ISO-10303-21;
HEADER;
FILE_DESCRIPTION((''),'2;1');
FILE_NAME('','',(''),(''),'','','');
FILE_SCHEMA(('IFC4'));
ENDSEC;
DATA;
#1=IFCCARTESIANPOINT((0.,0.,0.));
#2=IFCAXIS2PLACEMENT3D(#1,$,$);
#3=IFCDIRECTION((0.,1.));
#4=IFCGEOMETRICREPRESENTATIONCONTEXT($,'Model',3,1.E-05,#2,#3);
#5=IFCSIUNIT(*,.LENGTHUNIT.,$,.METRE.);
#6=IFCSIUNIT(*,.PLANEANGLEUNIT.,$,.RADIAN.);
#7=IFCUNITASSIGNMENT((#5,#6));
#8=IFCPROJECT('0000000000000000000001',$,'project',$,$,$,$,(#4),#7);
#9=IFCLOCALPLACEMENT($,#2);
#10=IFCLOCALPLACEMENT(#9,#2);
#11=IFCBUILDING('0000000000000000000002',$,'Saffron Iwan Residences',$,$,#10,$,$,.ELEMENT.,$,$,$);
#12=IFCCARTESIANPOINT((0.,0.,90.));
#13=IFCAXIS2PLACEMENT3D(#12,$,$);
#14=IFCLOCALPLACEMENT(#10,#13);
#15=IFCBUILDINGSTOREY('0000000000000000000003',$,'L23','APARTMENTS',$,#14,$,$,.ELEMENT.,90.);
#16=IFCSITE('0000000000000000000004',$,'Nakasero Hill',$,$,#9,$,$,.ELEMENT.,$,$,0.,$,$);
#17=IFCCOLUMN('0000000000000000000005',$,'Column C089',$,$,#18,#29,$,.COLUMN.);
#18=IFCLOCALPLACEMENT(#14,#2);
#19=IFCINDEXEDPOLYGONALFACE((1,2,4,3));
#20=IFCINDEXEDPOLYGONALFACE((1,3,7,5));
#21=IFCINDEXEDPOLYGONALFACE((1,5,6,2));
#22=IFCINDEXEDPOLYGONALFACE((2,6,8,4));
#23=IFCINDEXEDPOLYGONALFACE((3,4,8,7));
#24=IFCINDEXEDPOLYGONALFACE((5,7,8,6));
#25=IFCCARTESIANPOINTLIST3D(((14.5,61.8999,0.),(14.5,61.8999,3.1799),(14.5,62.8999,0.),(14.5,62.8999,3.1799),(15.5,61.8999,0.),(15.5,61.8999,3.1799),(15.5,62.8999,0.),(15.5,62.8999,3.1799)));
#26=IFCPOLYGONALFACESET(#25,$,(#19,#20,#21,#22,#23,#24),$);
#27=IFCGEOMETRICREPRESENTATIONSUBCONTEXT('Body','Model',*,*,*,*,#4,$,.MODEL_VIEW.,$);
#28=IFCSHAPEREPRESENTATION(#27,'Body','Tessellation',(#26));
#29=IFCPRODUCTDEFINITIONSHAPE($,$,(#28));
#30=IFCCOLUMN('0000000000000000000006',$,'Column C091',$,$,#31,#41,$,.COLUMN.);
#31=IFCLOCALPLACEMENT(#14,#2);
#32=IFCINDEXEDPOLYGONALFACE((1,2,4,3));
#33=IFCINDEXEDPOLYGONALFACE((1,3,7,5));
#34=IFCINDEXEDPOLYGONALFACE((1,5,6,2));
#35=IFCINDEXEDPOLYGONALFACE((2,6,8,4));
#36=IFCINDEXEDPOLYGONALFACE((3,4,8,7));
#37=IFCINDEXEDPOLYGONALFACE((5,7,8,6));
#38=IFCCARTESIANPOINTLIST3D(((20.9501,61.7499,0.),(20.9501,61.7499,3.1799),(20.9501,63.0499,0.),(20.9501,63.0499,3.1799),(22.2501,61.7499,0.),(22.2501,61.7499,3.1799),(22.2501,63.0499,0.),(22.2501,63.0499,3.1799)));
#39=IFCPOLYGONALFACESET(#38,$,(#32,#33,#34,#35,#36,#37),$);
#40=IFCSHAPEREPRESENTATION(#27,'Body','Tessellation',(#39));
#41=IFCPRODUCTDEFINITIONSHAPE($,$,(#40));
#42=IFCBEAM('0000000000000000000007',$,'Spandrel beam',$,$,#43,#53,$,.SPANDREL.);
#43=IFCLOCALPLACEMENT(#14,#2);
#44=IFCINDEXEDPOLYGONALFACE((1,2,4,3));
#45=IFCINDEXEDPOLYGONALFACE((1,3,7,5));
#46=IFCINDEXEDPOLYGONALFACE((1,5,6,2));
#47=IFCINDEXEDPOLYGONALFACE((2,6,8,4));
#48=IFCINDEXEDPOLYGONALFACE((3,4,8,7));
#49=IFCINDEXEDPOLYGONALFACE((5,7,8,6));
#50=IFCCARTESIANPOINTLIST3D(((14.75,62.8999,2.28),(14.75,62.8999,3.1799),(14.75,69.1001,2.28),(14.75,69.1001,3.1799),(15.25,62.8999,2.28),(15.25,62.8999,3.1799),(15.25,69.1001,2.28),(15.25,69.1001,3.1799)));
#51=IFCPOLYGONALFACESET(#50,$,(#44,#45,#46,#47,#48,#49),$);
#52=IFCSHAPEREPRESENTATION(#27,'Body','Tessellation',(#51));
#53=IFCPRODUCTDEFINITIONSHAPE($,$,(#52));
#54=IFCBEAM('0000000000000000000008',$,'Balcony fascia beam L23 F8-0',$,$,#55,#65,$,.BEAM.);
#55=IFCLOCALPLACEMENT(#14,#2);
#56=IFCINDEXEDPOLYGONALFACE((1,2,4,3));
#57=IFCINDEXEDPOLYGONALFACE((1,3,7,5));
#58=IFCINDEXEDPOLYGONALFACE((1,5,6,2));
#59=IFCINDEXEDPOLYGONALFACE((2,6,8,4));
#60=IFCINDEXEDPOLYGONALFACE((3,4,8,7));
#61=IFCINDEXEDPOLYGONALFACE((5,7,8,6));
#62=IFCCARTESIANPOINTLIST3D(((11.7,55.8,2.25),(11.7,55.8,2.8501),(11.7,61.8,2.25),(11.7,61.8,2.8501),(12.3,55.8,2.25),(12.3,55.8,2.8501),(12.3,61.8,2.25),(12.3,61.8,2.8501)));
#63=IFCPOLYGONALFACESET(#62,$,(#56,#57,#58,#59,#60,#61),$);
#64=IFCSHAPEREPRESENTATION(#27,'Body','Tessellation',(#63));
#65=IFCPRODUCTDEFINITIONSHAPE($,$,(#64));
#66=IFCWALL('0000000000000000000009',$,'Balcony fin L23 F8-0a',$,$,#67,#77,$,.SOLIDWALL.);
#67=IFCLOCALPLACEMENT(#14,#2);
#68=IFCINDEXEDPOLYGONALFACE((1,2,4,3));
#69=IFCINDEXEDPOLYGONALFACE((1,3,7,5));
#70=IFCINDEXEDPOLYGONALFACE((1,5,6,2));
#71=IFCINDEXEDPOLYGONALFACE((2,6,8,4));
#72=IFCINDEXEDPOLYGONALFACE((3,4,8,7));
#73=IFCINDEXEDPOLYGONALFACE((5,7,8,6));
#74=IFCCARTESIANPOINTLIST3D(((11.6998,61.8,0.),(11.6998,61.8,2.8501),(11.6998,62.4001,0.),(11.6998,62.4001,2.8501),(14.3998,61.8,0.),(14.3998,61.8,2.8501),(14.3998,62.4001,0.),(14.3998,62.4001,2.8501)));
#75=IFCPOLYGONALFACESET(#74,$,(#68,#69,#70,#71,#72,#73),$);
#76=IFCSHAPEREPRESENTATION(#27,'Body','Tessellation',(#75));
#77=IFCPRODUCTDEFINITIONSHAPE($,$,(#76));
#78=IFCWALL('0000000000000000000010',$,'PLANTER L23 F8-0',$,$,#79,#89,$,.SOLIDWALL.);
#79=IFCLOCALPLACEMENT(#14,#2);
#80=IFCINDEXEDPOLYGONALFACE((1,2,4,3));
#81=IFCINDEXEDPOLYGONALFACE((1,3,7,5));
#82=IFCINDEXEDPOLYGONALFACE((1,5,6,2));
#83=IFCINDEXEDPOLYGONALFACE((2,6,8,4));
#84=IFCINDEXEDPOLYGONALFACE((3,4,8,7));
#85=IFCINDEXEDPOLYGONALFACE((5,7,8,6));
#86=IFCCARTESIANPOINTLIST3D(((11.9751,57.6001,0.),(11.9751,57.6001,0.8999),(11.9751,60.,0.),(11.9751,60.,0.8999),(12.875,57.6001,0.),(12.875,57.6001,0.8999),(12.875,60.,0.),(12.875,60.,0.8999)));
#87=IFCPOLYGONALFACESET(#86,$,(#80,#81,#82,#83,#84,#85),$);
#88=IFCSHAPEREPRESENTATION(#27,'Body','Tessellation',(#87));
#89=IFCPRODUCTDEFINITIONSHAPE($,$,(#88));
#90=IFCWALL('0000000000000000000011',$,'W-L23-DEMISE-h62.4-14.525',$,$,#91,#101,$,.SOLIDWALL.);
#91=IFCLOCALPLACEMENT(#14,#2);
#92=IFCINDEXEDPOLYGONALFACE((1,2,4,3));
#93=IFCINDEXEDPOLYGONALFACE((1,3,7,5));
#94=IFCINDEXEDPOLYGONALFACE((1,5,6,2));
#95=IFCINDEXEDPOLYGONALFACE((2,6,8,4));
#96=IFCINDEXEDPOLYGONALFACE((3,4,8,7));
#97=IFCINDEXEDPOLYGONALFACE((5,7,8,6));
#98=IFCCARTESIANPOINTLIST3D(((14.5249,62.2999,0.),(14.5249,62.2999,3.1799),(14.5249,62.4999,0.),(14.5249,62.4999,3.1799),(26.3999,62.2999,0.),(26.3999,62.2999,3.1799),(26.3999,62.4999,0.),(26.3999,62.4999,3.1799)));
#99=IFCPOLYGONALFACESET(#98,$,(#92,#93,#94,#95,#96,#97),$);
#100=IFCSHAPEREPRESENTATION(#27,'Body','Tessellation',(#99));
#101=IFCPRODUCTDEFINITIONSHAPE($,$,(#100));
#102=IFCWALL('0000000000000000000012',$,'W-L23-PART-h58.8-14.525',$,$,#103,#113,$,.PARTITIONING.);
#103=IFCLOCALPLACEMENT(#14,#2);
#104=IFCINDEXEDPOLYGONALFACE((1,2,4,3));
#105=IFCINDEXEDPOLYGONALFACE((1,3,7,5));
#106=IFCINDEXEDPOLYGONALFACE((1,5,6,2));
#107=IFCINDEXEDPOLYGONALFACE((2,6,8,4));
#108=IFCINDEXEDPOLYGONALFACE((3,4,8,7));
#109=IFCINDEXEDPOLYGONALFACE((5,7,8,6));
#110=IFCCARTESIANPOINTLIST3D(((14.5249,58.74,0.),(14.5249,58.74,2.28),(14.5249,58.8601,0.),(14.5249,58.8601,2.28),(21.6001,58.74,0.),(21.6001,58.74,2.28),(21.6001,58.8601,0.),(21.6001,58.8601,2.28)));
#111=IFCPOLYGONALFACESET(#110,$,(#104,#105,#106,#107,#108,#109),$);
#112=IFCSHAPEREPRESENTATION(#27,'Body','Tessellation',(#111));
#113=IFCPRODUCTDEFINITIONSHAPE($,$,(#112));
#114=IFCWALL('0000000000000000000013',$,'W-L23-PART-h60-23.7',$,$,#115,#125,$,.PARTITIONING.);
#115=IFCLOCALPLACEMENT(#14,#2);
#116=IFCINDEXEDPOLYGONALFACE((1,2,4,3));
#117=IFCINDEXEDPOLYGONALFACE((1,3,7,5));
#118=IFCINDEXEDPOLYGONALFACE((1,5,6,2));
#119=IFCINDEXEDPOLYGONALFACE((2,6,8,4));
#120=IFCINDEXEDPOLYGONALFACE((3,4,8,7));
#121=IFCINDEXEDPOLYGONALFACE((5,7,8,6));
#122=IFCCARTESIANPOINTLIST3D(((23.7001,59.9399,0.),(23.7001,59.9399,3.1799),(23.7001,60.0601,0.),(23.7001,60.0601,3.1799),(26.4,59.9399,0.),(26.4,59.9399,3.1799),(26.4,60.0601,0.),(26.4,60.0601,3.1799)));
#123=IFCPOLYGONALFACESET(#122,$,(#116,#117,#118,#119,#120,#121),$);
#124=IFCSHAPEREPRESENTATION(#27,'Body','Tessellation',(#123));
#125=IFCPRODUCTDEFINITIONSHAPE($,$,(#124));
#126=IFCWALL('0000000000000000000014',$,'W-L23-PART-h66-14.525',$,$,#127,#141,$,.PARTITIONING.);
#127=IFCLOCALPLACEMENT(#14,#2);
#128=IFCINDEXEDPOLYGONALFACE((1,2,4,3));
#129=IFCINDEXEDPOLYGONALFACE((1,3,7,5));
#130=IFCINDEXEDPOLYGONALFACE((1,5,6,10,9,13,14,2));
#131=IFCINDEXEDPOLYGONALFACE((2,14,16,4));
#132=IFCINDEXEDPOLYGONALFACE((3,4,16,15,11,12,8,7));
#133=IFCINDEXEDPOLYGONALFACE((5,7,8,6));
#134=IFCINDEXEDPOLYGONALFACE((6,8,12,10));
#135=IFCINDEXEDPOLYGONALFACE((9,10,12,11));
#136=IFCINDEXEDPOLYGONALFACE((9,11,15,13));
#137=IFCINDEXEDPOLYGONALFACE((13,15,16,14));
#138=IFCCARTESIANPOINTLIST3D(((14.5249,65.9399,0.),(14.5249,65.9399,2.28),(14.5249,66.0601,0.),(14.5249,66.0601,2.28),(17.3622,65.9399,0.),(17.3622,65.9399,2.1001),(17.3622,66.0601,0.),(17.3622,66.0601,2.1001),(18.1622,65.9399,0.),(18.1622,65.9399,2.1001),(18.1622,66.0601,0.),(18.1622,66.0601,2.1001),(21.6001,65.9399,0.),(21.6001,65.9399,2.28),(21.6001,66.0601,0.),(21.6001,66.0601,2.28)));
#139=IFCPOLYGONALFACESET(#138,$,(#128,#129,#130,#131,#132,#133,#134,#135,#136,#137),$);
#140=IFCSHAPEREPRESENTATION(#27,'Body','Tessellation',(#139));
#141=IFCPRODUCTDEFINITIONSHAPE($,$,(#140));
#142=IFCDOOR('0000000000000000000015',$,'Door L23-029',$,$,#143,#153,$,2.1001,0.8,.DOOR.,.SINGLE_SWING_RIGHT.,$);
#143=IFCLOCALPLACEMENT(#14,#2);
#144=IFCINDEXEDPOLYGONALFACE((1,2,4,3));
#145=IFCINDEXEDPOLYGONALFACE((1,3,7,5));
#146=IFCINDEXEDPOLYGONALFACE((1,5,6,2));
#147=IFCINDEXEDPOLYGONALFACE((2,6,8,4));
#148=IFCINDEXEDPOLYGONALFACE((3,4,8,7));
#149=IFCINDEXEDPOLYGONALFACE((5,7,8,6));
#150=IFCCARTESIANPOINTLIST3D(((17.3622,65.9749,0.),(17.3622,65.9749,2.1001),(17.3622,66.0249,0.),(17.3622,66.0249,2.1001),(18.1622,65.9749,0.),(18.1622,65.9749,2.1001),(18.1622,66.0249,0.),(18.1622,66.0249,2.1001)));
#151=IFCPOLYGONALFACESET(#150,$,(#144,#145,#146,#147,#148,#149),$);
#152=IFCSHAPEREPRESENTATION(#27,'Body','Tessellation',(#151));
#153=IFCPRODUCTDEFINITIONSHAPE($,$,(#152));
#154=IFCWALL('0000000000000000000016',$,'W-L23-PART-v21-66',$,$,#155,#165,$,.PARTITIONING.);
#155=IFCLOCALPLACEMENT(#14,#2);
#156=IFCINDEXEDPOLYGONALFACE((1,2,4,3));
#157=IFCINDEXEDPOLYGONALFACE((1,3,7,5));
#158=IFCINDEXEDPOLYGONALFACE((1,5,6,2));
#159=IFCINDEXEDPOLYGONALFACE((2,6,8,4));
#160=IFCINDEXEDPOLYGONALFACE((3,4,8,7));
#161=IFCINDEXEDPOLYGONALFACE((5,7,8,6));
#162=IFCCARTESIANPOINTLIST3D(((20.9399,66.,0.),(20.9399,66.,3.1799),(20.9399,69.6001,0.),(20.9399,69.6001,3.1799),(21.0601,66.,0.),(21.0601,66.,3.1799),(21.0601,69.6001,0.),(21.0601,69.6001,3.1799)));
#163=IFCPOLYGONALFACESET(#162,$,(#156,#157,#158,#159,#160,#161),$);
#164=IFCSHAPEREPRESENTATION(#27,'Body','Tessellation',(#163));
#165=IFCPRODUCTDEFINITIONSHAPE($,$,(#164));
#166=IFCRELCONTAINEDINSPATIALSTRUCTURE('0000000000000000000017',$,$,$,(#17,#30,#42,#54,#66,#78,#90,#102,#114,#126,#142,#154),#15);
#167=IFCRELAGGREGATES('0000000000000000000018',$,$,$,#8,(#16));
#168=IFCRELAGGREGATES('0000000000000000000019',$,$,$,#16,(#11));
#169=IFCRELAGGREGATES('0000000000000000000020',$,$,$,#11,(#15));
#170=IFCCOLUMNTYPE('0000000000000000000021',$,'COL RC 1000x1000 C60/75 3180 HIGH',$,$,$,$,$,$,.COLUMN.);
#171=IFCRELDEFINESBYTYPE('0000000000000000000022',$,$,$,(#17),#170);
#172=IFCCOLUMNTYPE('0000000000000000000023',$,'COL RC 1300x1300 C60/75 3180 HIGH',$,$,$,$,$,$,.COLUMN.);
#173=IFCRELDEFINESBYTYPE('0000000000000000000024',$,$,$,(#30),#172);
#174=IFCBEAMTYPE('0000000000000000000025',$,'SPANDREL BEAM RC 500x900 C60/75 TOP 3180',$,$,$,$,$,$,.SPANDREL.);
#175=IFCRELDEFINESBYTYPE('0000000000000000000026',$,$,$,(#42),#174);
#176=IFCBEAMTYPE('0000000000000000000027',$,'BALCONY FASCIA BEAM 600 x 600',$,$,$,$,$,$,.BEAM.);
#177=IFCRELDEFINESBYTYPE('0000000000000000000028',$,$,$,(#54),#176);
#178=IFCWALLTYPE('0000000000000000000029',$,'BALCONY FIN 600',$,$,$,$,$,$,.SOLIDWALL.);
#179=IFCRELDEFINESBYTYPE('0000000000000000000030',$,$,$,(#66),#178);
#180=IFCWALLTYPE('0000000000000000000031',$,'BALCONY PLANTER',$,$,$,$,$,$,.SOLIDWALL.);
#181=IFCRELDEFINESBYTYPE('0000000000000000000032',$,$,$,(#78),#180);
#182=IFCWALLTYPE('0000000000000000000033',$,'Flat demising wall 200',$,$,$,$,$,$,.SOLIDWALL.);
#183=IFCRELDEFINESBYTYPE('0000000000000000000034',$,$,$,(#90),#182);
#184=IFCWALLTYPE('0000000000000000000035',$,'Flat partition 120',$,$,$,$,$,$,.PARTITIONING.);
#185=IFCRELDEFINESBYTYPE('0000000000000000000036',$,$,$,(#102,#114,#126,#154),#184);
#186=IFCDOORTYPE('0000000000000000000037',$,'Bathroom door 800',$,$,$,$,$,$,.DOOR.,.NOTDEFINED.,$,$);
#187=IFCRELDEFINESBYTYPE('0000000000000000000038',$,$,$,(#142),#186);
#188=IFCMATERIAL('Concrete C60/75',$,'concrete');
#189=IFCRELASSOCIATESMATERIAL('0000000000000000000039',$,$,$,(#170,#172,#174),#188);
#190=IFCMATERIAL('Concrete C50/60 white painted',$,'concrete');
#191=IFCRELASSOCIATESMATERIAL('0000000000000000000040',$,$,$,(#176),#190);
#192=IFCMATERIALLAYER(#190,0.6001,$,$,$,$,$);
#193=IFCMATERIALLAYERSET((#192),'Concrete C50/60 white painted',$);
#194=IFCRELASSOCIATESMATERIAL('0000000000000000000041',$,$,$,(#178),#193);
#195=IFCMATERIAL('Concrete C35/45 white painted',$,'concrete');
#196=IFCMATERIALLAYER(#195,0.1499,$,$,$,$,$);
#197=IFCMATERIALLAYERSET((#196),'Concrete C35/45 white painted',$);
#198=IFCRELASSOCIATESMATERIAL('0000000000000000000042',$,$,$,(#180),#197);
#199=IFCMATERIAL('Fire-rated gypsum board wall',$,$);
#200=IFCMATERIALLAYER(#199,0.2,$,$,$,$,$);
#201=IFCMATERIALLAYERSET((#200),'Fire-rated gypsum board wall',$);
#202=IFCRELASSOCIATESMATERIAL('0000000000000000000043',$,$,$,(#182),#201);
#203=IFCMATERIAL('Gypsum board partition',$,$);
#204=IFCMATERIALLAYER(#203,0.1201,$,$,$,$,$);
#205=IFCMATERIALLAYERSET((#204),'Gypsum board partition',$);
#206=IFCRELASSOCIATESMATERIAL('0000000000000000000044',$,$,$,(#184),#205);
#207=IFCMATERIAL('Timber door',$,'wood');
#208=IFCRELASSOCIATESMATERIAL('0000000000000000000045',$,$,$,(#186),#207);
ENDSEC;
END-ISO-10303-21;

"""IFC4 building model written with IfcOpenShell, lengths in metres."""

from ifc_helpers import new_model, si_unit, direction, frame, frame_2d, origin, origin_2d, place, context, subcontext, project, spatial, rectangle, extrude, source, transform, mapped, material, layer, layer_set, material_profile, profile_set, type_object, element, fill, save


model = new_model("IFC4")

# Units and contexts
model_context = context("Model", 3, precision=1e-05, world=origin(), true_north=direction((0.0, 1.0)))
body_context = subcontext(model_context, "Body", "Model", "MODEL_VIEW")
ifc_project = project(units=[si_unit("LENGTHUNIT", "METRE"), si_unit("PLANEANGLEUNIT", "RADIAN")], contexts=[model_context])

# Site, building, storey
site_placement = place(None, origin())
site = spatial("IfcSite", under=ifc_project, at=site_placement, Name="Nakasero Hill", CompositionType="ELEMENT", RefElevation=0.0)
building_placement = place(site_placement, origin())
building = spatial("IfcBuilding", under=site, at=building_placement, Name="Saffron Iwan Residences", CompositionType="ELEMENT")
storey_placement = place(building_placement, frame((0.0, 0.0, 90.0)))
storey = spatial("IfcBuildingStorey", under=building, at=storey_placement, Name="L23", Description="APARTMENTS", CompositionType="ELEMENT", Elevation=90.0)

# Columns
ifc_material_1 = material(Name="Concrete C60/75", Category="concrete")
ifc_material_profile_1 = material_profile(ifc_material_1, rectangle(XDim=1.0, YDim=1.0, at=origin_2d()), Name="RC 1000x1000")
ifc_profile_set_1 = profile_set([ifc_material_profile_1], Name="Concrete C60/75")
column_type_1 = type_object("IfcColumnType", Name="COL RC 1000x1000 C60/75 3180 HIGH", PredefinedType="COLUMN", material=ifc_profile_set_1)
shared_shape_1 = source(origin(), body_context, "Body", "SweptSolid", [
    extrude(rectangle(XDim=1.0, YDim=1.0, at=origin_2d()), origin(), (0.0, 0.0, 1.0), 3.1799),
])
column_1_placement = place(storey_placement, frame((15.0, 62.3999, 0.0), z_axis=(0.0, 0.0, 1.0), x_axis=(1.0, 0.0, 0.0)))
element("IfcColumn", 1, at=column_1_placement, inside=storey, type_object=column_type_1, Name="Column C089", PredefinedType="COLUMN", context=body_context, shape_type="MappedRepresentation", body=[
    mapped(shared_shape_1, transform((0.0, 0.0, 0.0))),
])
ifc_material_profile_2 = material_profile(ifc_material_1, rectangle(XDim=1.3, YDim=1.3, at=origin_2d()), Name="RC 1300x1300")
ifc_profile_set_2 = profile_set([ifc_material_profile_2], Name="Concrete C60/75")
column_type_2 = type_object("IfcColumnType", Name="COL RC 1300x1300 C60/75 3180 HIGH", PredefinedType="COLUMN", material=ifc_profile_set_2)
shared_shape_2 = source(origin(), body_context, "Body", "SweptSolid", [
    extrude(rectangle(XDim=1.3, YDim=1.3, at=origin_2d()), origin(), (0.0, 0.0, 1.0), 3.1799),
])
column_2_placement = place(storey_placement, frame((21.6001, 62.3999, 0.0), z_axis=(0.0, 0.0, 1.0), x_axis=(1.0, 0.0, 0.0)))
element("IfcColumn", 2, at=column_2_placement, inside=storey, type_object=column_type_2, Name="Column C091", PredefinedType="COLUMN", context=body_context, shape_type="MappedRepresentation", body=[
    mapped(shared_shape_2, transform((0.0, 0.0, 0.0))),
])

# Beams
ifc_material_profile_3 = material_profile(ifc_material_1, rectangle(XDim=0.5, YDim=0.8999, at=origin_2d()), Name="RC 500x900")
ifc_profile_set_3 = profile_set([ifc_material_profile_3], Name="Concrete C60/75")
beam_type_1 = type_object("IfcBeamType", Name="SPANDREL BEAM RC 500x900 C60/75 TOP 3180", PredefinedType="SPANDREL", material=ifc_profile_set_3)
shared_shape_3 = source(origin(), body_context, "Body", "SweptSolid", [
    extrude(rectangle(XDim=0.5, YDim=0.8999, at=origin_2d()), origin(), (0.0, 0.0, 1.0), 6.2002),
])
beam_1_placement = place(storey_placement, frame((15.0, 62.8999, 2.73), z_axis=(0.0, 1.0, 0.0), x_axis=(-1.0, 0.0, 0.0)))
element("IfcBeam", 3, at=beam_1_placement, inside=storey, type_object=beam_type_1, Name="Spandrel beam", PredefinedType="SPANDREL", context=body_context, shape_type="MappedRepresentation", body=[
    mapped(shared_shape_3, transform((0.0, 0.0, 0.0))),
])
ifc_material_2 = material(Name="Concrete C50/60 white painted", Category="concrete")
ifc_material_profile_4 = material_profile(ifc_material_2, rectangle(XDim=0.6001, YDim=0.6001, at=origin_2d()), Name="BALCONY FASCIA BEAM 600 x 600")
ifc_profile_set_4 = profile_set([ifc_material_profile_4], Name="Concrete C50/60 white painted")
beam_type_2 = type_object("IfcBeamType", Name="BALCONY FASCIA BEAM 600 x 600", PredefinedType="BEAM", material=ifc_profile_set_4)
shared_shape_4 = source(origin(), body_context, "Body", "SweptSolid", [
    extrude(rectangle(XDim=0.6001, YDim=0.6001, at=origin_2d()), origin(), (0.0, 0.0, 1.0), 6.0),
])
beam_2_placement = place(storey_placement, frame((12.0, 61.8, 2.55), z_axis=(0.0, -1.0, 0.0), x_axis=(1.0, 0.0, 0.0)))
element("IfcBeam", 4, at=beam_2_placement, inside=storey, type_object=beam_type_2, Name="Balcony fascia beam L23 F8-0", PredefinedType="BEAM", context=body_context, shape_type="MappedRepresentation", body=[
    mapped(shared_shape_4, transform((0.0, 0.0, 0.0))),
])

# Walls
ifc_layer_1 = layer(ifc_material_2, 0.6001)
ifc_layer_set_1 = layer_set([ifc_layer_1], Name="Concrete C50/60 white painted")
wall_type_1 = type_object("IfcWallType", Name="BALCONY FIN 600", PredefinedType="SOLIDWALL", material=ifc_layer_set_1)
wall_1_placement = place(storey_placement, frame((14.3999, 62.1001, 0.0), z_axis=(0.0, 0.0, 1.0), x_axis=(-1.0, 0.0, 0.0)))
element("IfcWall", 5, at=wall_1_placement, inside=storey, type_object=wall_type_1, Name="Balcony fin L23 F8-0a", PredefinedType="SOLIDWALL", context=body_context, shape_type="SweptSolid", body=[
    extrude(rectangle(XDim=2.7, YDim=0.6001, at=frame_2d((1.3501, 0.0))), origin(), (0.0, 0.0, 1.0), 2.8501),
])
ifc_material_3 = material(Name="Concrete C35/45 white painted", Category="concrete")
ifc_layer_2 = layer(ifc_material_3, 0.1499)
ifc_layer_set_2 = layer_set([ifc_layer_2], Name="Concrete C35/45 white painted")
wall_type_2 = type_object("IfcWallType", Name="BALCONY PLANTER", PredefinedType="SOLIDWALL", material=ifc_layer_set_2)
wall_2_placement = place(storey_placement, frame((12.425, 60.0, 0.0), z_axis=(0.0, 0.0, 1.0), x_axis=(0.0, -1.0, 0.0)))
element("IfcWall", 6, at=wall_2_placement, inside=storey, type_object=wall_type_2, Name="PLANTER L23 F8-0", PredefinedType="SOLIDWALL", context=body_context, shape_type="SweptSolid", body=[
    extrude(rectangle(XDim=2.3999, YDim=0.8999, at=frame_2d((1.2, 0.0))), origin(), (0.0, 0.0, 1.0), 0.8999),
])

# Walls
ifc_material_4 = material(Name="Fire-rated gypsum board wall")
ifc_layer_3 = layer(ifc_material_4, 0.2)
ifc_layer_set_3 = layer_set([ifc_layer_3], Name="Fire-rated gypsum board wall")
wall_type_3 = type_object("IfcWallType", Name="Flat demising wall 200", PredefinedType="SOLIDWALL", material=ifc_layer_set_3)
wall_3_placement = place(storey_placement, frame((14.5249, 62.3999, 0.0), z_axis=(0.0, 0.0, 1.0), x_axis=(1.0, 0.0, 0.0)))
element("IfcWall", 7, at=wall_3_placement, inside=storey, type_object=wall_type_3, Name="W-L23-DEMISE-h62.4-14.525", PredefinedType="SOLIDWALL", context=body_context, shape_type="SweptSolid", body=[
    extrude(rectangle(XDim=11.875, YDim=0.2, at=frame_2d((5.9375, 0.0))), origin(), (0.0, 0.0, 1.0), 3.1799),
])
ifc_material_5 = material(Name="Gypsum board partition")
ifc_layer_4 = layer(ifc_material_5, 0.1201)
ifc_layer_set_4 = layer_set([ifc_layer_4], Name="Gypsum board partition")
wall_type_4 = type_object("IfcWallType", Name="Flat partition 120", PredefinedType="PARTITIONING", material=ifc_layer_set_4)
wall_4_placement = place(storey_placement, frame((14.5249, 58.8, 0.0), z_axis=(0.0, 0.0, 1.0), x_axis=(1.0, 0.0, 0.0)))
element("IfcWall", 8, at=wall_4_placement, inside=storey, type_object=wall_type_4, Name="W-L23-PART-h58.8-14.525", PredefinedType="PARTITIONING", context=body_context, shape_type="SweptSolid", body=[
    extrude(rectangle(XDim=7.0752, YDim=0.1201, at=frame_2d((3.5376, 0.0))), origin(), (0.0, 0.0, 1.0), 2.28),
])
wall_5_placement = place(storey_placement, frame((23.7, 60.0, 0.0), z_axis=(0.0, 0.0, 1.0), x_axis=(1.0, 0.0, 0.0)))
element("IfcWall", 9, at=wall_5_placement, inside=storey, type_object=wall_type_4, Name="W-L23-PART-h60-23.7", PredefinedType="PARTITIONING", context=body_context, shape_type="SweptSolid", body=[
    extrude(rectangle(XDim=2.7, YDim=0.1201, at=frame_2d((1.3501, 0.0))), origin(), (0.0, 0.0, 1.0), 3.1799),
])

# Wall, opening, door
wall_6_placement = place(storey_placement, frame((14.5249, 66.0, 0.0), z_axis=(0.0, 0.0, 1.0), x_axis=(1.0, 0.0, 0.0)))
wall_6 = element("IfcWall", 10, at=wall_6_placement, inside=storey, type_object=wall_type_4, Name="W-L23-PART-h66-14.525", PredefinedType="PARTITIONING", context=body_context, shape_type="SweptSolid", body=[
    extrude(rectangle(XDim=7.0752, YDim=0.1201, at=frame_2d((3.5376, 0.0))), origin(), (0.0, 0.0, 1.0), 2.28),
])
opening_1_placement = place(wall_6_placement, frame((2.8374, 0.0, 0.0)))
opening_1 = element("IfcOpeningElement", 11, at=opening_1_placement, cuts=wall_6, PredefinedType="OPENING", context=body_context, shape_type="SweptSolid", body=[
    extrude(rectangle(XDim=0.8, YDim=2.1001, at=frame_2d((0.3999, 1.05))), frame((0.0, 0.0701, 0.0), z_axis=(0.0, -1.0, 0.0), x_axis=(1.0, 0.0, 0.0)), (0.0, 0.0, 1.0), 0.1401),
])
ifc_material_6 = material(Name="Timber door", Category="wood")
door_type_1 = type_object("IfcDoorType", Name="Bathroom door 800", OperationType="NOTDEFINED", PredefinedType="DOOR", material=ifc_material_6)
door_1_placement = place(opening_1_placement, origin())
door_1 = element("IfcDoor", 12, at=door_1_placement, inside=storey, type_object=door_type_1, Name="Door L23-029", OperationType="SINGLE_SWING_RIGHT", OverallHeight=2.1001, OverallWidth=0.8, PredefinedType="DOOR", context=body_context, shape_type="SweptSolid", body=[
    extrude(rectangle(XDim=0.8, YDim=2.1001, at=frame_2d((0.3999, 1.05))), frame((0.0, 0.0249, 0.0), z_axis=(0.0, -1.0, 0.0), x_axis=(1.0, 0.0, 0.0)), (0.0, 0.0, 1.0), 0.05),
])
fill(opening_1, door_1)

# Wall
wall_7_placement = place(storey_placement, frame((21.0, 66.0, 0.0), z_axis=(0.0, 0.0, 1.0), x_axis=(0.0, 1.0, 0.0)))
element("IfcWall", 13, at=wall_7_placement, inside=storey, type_object=wall_type_4, Name="W-L23-PART-v21-66", PredefinedType="PARTITIONING", context=body_context, shape_type="SweptSolid", body=[
    extrude(rectangle(XDim=3.6001, YDim=0.1201, at=frame_2d((1.8, 0.0))), origin(), (0.0, 0.0, 1.0), 3.1799),
])

save(model, "model.ifc")
